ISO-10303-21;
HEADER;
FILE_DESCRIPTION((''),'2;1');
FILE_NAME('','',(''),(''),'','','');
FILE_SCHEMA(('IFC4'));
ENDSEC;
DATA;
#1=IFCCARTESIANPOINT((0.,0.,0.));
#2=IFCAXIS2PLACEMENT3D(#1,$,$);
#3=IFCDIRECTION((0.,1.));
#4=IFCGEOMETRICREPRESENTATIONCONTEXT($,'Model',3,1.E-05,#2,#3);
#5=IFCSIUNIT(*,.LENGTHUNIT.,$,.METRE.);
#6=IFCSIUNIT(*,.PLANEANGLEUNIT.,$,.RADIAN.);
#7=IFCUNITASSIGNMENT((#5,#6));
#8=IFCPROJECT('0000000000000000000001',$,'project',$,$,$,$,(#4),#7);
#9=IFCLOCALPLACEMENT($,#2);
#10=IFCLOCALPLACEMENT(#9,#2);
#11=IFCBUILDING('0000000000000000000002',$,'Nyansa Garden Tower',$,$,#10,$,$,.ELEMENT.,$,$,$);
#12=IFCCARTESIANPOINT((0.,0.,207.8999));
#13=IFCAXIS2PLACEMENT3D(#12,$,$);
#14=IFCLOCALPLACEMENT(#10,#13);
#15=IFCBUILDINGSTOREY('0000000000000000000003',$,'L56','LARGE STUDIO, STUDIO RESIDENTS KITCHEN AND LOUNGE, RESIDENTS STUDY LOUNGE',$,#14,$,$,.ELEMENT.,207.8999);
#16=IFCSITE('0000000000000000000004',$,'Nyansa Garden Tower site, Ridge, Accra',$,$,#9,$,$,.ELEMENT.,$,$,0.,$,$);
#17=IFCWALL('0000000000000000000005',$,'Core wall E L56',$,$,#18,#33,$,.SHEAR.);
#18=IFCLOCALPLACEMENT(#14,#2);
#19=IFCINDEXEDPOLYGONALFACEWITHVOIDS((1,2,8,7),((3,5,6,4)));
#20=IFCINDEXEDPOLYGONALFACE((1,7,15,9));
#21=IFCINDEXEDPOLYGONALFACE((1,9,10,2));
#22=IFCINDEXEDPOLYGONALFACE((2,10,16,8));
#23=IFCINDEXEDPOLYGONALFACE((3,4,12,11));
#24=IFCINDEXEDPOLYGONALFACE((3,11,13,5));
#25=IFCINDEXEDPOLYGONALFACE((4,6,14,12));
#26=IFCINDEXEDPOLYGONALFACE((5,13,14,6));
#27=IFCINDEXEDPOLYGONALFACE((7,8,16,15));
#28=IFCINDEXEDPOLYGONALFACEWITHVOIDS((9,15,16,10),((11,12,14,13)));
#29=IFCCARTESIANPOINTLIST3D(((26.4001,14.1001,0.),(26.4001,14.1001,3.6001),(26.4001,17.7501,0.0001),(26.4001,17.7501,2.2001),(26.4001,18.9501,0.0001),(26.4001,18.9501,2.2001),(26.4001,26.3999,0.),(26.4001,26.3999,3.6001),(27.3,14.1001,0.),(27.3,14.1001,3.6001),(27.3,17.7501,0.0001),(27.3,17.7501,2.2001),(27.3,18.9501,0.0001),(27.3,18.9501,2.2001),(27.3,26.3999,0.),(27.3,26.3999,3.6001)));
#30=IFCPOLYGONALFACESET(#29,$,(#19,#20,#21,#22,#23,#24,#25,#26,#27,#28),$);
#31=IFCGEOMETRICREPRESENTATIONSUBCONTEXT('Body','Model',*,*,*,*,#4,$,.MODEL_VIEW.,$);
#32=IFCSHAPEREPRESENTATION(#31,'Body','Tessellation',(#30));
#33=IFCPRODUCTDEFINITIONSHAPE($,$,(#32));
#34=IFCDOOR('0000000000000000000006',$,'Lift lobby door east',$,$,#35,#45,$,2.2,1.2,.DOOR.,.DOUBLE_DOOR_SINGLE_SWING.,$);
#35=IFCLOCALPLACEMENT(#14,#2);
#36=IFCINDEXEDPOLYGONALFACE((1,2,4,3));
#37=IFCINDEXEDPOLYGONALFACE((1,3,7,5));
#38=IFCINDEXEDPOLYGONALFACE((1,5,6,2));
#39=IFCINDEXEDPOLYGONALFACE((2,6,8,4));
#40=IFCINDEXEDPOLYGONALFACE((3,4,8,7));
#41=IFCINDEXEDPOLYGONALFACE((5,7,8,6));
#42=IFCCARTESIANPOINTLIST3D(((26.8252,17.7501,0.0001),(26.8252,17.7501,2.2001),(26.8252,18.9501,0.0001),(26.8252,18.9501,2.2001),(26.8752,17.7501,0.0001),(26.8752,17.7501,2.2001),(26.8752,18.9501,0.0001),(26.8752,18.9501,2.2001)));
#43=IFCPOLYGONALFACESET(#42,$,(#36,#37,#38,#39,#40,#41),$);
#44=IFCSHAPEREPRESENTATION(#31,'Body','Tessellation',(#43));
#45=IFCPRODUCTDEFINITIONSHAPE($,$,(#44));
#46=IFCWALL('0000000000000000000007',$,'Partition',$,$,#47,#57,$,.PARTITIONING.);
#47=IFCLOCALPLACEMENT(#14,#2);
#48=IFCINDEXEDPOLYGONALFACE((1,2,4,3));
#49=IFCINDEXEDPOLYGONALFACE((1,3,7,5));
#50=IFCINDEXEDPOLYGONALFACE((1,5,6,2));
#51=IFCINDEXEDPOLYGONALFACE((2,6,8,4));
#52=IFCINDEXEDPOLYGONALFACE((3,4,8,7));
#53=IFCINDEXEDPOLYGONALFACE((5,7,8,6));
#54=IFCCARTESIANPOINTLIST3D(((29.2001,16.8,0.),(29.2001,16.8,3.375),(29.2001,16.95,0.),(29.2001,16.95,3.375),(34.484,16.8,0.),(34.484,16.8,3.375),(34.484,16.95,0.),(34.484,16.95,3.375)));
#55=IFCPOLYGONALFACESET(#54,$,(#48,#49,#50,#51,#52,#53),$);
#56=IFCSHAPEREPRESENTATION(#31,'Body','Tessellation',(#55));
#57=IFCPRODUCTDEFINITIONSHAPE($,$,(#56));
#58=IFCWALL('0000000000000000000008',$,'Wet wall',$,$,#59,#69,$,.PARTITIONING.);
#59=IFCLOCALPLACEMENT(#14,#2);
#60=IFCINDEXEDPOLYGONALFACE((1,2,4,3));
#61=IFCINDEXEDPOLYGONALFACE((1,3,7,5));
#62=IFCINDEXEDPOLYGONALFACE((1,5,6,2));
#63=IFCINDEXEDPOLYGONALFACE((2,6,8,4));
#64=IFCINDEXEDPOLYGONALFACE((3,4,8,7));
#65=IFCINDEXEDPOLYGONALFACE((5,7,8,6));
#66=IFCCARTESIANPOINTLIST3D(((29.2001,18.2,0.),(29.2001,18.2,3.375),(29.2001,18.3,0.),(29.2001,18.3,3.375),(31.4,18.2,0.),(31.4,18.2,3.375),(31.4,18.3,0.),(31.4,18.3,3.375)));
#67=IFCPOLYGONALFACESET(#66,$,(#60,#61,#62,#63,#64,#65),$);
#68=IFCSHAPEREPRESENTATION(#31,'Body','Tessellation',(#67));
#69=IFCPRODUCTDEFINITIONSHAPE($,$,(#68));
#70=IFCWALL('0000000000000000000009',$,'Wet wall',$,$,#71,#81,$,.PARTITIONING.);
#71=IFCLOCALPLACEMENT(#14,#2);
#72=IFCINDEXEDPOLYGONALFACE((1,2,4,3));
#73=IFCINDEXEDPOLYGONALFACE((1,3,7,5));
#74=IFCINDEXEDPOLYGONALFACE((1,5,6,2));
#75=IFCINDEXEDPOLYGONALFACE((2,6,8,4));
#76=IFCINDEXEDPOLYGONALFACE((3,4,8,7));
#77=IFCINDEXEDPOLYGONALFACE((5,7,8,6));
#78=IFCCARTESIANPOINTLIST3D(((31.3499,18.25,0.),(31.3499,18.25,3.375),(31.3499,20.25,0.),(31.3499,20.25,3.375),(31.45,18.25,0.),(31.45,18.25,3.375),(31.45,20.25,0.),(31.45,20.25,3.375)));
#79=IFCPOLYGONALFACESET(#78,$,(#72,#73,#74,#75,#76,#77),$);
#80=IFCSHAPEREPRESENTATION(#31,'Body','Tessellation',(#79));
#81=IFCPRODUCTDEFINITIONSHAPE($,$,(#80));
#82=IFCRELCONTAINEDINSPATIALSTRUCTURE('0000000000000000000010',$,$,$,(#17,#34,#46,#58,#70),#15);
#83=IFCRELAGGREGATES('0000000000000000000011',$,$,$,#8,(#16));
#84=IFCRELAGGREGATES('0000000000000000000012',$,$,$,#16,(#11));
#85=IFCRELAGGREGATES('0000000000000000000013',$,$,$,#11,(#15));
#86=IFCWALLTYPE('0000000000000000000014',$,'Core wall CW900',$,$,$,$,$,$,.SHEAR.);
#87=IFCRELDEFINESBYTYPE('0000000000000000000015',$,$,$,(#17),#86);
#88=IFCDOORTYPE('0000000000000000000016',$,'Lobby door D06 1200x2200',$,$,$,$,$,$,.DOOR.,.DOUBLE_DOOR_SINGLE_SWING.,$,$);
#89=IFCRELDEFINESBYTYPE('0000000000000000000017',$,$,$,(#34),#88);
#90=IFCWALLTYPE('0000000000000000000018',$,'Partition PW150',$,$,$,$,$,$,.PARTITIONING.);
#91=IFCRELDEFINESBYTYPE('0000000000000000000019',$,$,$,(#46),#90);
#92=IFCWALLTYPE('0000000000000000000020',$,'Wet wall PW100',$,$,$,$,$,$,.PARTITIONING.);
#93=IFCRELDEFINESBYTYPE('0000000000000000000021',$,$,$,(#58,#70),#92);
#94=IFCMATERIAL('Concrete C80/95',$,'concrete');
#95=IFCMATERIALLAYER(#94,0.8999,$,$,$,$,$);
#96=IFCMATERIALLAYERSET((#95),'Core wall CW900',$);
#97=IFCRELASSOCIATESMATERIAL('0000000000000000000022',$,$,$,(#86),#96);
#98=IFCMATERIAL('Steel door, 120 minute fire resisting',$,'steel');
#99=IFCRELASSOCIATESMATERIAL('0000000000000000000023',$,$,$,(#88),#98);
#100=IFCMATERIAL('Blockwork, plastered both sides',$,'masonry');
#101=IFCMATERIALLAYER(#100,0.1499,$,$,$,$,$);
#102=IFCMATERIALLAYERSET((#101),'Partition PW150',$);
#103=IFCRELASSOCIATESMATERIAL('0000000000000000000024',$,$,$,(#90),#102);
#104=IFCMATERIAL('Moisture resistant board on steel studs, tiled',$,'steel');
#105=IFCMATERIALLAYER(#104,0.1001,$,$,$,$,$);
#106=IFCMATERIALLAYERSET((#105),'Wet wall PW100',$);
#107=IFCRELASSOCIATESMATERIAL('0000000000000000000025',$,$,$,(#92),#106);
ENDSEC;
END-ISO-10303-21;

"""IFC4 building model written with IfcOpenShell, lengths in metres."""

from ifc_helpers import new_model, si_unit, direction, frame, frame_2d, origin, place, context, subcontext, project, spatial, rectangle, extrude, material, layer, layer_set, type_object, element, fill, save


model = new_model("IFC4")

# Units and contexts
model_context = context("Model", 3, precision=1e-05, world=origin(), true_north=direction((0.0, 1.0)))
body_context = subcontext(model_context, "Body", "Model", "MODEL_VIEW")
ifc_project = project(units=[si_unit("LENGTHUNIT", "METRE"), si_unit("PLANEANGLEUNIT", "RADIAN")], contexts=[model_context])

# Site, building, storey
site_placement = place(None, origin())
site = spatial("IfcSite", under=ifc_project, at=site_placement, Name="Nyansa Garden Tower site, Ridge, Accra", CompositionType="ELEMENT", RefElevation=0.0)
building_placement = place(site_placement, origin())
building = spatial("IfcBuilding", under=site, at=building_placement, Name="Nyansa Garden Tower", CompositionType="ELEMENT")
storey_placement = place(building_placement, frame((0.0, 0.0, 207.8999)))
storey = spatial("IfcBuildingStorey", under=building, at=storey_placement, Name="L56", Description="LARGE STUDIO, STUDIO RESIDENTS KITCHEN AND LOUNGE, RESIDENTS STUDY LOUNGE", CompositionType="ELEMENT", Elevation=207.8999)

# Wall, opening, door
ifc_material_1 = material(Name="Concrete C80/95", Category="concrete")
ifc_layer_1 = layer(ifc_material_1, 0.8999)
ifc_layer_set_1 = layer_set([ifc_layer_1], Name="Core wall CW900")
wall_type_1 = type_object("IfcWallType", Name="Core wall CW900", PredefinedType="SHEAR", material=ifc_layer_set_1)
wall_1_placement = place(storey_placement, frame((26.8501, 14.1001, 0.0), z_axis=(0.0, 0.0, 1.0), x_axis=(0.0, 1.0, 0.0)))
wall_1 = element("IfcWall", 1, at=wall_1_placement, inside=storey, type_object=wall_type_1, Name="Core wall E L56", PredefinedType="SHEAR", context=body_context, shape_type="SweptSolid", body=[
    extrude(rectangle(XDim=12.2998, YDim=0.8999, at=frame_2d((6.1499, 0.0))), origin(), (0.0, 0.0, 1.0), 3.6001),
])
opening_placement = place(wall_1_placement, frame((3.6499, 0.0, 0.0)))
opening = element("IfcOpeningElement", 2, at=opening_placement, cuts=wall_1, PredefinedType="OPENING", context=body_context, shape_type="SweptSolid", body=[
    extrude(rectangle(XDim=1.2, YDim=2.2, at=frame_2d((0.6001, 1.1001))), frame((0.0, 0.46, 0.0), z_axis=(0.0, -1.0, 0.0), x_axis=(1.0, 0.0, 0.0)), (0.0, 0.0, 1.0), 0.9199),
])
ifc_material_2 = material(Name="Steel door, 120 minute fire resisting", Category="steel")
door_type = type_object("IfcDoorType", Name="Lobby door D06 1200x2200", OperationType="DOUBLE_DOOR_SINGLE_SWING", PredefinedType="DOOR", material=ifc_material_2)
door_placement = place(opening_placement, origin())
door = element("IfcDoor", 3, at=door_placement, inside=storey, type_object=door_type, Name="Lift lobby door east", OperationType="DOUBLE_DOOR_SINGLE_SWING", OverallHeight=2.2, OverallWidth=1.2, PredefinedType="DOOR", context=body_context, shape_type="SweptSolid", body=[
    extrude(rectangle(XDim=1.2, YDim=2.2, at=frame_2d((0.6001, 1.1001))), frame((0.0, 0.0249, 0.0), z_axis=(0.0, -1.0, 0.0), x_axis=(1.0, 0.0, 0.0)), (0.0, 0.0, 1.0), 0.05),
])
fill(opening, door)

# Walls
ifc_material_3 = material(Name="Blockwork, plastered both sides", Category="masonry")
ifc_layer_2 = layer(ifc_material_3, 0.1499)
ifc_layer_set_2 = layer_set([ifc_layer_2], Name="Partition PW150")
wall_type_2 = type_object("IfcWallType", Name="Partition PW150", PredefinedType="PARTITIONING", material=ifc_layer_set_2)
wall_2_placement = place(storey_placement, frame((29.2, 16.875, 0.0), z_axis=(0.0, 0.0, 1.0), x_axis=(1.0, 0.0, 0.0)))
element("IfcWall", 4, at=wall_2_placement, inside=storey, type_object=wall_type_2, Name="Partition", PredefinedType="PARTITIONING", context=body_context, shape_type="SweptSolid", body=[
    extrude(rectangle(XDim=5.2839, YDim=0.1499, at=frame_2d((2.6421, 0.0))), origin(), (0.0, 0.0, 1.0), 3.375),
])
ifc_material_4 = material(Name="Moisture resistant board on steel studs, tiled", Category="steel")
ifc_layer_3 = layer(ifc_material_4, 0.1001)
ifc_layer_set_3 = layer_set([ifc_layer_3], Name="Wet wall PW100")
wall_type_3 = type_object("IfcWallType", Name="Wet wall PW100", PredefinedType="PARTITIONING", material=ifc_layer_set_3)
wall_3_placement = place(storey_placement, frame((29.2, 18.25, 0.0), z_axis=(0.0, 0.0, 1.0), x_axis=(1.0, 0.0, 0.0)))
element("IfcWall", 5, at=wall_3_placement, inside=storey, type_object=wall_type_3, Name="Wet wall", PredefinedType="PARTITIONING", context=body_context, shape_type="SweptSolid", body=[
    extrude(rectangle(XDim=2.2, YDim=0.1001, at=frame_2d((1.1001, 0.0))), origin(), (0.0, 0.0, 1.0), 3.375),
])
wall_4_placement = place(storey_placement, frame((31.3999, 18.25, 0.0), z_axis=(0.0, 0.0, 1.0), x_axis=(0.0, 1.0, 0.0)))
element("IfcWall", 6, at=wall_4_placement, inside=storey, type_object=wall_type_3, Name="Wet wall", PredefinedType="PARTITIONING", context=body_context, shape_type="SweptSolid", body=[
    extrude(rectangle(XDim=2.0, YDim=0.1001, at=frame_2d((1.0, 0.0))), origin(), (0.0, 0.0, 1.0), 3.375),
])

save(model, "model.ifc")
